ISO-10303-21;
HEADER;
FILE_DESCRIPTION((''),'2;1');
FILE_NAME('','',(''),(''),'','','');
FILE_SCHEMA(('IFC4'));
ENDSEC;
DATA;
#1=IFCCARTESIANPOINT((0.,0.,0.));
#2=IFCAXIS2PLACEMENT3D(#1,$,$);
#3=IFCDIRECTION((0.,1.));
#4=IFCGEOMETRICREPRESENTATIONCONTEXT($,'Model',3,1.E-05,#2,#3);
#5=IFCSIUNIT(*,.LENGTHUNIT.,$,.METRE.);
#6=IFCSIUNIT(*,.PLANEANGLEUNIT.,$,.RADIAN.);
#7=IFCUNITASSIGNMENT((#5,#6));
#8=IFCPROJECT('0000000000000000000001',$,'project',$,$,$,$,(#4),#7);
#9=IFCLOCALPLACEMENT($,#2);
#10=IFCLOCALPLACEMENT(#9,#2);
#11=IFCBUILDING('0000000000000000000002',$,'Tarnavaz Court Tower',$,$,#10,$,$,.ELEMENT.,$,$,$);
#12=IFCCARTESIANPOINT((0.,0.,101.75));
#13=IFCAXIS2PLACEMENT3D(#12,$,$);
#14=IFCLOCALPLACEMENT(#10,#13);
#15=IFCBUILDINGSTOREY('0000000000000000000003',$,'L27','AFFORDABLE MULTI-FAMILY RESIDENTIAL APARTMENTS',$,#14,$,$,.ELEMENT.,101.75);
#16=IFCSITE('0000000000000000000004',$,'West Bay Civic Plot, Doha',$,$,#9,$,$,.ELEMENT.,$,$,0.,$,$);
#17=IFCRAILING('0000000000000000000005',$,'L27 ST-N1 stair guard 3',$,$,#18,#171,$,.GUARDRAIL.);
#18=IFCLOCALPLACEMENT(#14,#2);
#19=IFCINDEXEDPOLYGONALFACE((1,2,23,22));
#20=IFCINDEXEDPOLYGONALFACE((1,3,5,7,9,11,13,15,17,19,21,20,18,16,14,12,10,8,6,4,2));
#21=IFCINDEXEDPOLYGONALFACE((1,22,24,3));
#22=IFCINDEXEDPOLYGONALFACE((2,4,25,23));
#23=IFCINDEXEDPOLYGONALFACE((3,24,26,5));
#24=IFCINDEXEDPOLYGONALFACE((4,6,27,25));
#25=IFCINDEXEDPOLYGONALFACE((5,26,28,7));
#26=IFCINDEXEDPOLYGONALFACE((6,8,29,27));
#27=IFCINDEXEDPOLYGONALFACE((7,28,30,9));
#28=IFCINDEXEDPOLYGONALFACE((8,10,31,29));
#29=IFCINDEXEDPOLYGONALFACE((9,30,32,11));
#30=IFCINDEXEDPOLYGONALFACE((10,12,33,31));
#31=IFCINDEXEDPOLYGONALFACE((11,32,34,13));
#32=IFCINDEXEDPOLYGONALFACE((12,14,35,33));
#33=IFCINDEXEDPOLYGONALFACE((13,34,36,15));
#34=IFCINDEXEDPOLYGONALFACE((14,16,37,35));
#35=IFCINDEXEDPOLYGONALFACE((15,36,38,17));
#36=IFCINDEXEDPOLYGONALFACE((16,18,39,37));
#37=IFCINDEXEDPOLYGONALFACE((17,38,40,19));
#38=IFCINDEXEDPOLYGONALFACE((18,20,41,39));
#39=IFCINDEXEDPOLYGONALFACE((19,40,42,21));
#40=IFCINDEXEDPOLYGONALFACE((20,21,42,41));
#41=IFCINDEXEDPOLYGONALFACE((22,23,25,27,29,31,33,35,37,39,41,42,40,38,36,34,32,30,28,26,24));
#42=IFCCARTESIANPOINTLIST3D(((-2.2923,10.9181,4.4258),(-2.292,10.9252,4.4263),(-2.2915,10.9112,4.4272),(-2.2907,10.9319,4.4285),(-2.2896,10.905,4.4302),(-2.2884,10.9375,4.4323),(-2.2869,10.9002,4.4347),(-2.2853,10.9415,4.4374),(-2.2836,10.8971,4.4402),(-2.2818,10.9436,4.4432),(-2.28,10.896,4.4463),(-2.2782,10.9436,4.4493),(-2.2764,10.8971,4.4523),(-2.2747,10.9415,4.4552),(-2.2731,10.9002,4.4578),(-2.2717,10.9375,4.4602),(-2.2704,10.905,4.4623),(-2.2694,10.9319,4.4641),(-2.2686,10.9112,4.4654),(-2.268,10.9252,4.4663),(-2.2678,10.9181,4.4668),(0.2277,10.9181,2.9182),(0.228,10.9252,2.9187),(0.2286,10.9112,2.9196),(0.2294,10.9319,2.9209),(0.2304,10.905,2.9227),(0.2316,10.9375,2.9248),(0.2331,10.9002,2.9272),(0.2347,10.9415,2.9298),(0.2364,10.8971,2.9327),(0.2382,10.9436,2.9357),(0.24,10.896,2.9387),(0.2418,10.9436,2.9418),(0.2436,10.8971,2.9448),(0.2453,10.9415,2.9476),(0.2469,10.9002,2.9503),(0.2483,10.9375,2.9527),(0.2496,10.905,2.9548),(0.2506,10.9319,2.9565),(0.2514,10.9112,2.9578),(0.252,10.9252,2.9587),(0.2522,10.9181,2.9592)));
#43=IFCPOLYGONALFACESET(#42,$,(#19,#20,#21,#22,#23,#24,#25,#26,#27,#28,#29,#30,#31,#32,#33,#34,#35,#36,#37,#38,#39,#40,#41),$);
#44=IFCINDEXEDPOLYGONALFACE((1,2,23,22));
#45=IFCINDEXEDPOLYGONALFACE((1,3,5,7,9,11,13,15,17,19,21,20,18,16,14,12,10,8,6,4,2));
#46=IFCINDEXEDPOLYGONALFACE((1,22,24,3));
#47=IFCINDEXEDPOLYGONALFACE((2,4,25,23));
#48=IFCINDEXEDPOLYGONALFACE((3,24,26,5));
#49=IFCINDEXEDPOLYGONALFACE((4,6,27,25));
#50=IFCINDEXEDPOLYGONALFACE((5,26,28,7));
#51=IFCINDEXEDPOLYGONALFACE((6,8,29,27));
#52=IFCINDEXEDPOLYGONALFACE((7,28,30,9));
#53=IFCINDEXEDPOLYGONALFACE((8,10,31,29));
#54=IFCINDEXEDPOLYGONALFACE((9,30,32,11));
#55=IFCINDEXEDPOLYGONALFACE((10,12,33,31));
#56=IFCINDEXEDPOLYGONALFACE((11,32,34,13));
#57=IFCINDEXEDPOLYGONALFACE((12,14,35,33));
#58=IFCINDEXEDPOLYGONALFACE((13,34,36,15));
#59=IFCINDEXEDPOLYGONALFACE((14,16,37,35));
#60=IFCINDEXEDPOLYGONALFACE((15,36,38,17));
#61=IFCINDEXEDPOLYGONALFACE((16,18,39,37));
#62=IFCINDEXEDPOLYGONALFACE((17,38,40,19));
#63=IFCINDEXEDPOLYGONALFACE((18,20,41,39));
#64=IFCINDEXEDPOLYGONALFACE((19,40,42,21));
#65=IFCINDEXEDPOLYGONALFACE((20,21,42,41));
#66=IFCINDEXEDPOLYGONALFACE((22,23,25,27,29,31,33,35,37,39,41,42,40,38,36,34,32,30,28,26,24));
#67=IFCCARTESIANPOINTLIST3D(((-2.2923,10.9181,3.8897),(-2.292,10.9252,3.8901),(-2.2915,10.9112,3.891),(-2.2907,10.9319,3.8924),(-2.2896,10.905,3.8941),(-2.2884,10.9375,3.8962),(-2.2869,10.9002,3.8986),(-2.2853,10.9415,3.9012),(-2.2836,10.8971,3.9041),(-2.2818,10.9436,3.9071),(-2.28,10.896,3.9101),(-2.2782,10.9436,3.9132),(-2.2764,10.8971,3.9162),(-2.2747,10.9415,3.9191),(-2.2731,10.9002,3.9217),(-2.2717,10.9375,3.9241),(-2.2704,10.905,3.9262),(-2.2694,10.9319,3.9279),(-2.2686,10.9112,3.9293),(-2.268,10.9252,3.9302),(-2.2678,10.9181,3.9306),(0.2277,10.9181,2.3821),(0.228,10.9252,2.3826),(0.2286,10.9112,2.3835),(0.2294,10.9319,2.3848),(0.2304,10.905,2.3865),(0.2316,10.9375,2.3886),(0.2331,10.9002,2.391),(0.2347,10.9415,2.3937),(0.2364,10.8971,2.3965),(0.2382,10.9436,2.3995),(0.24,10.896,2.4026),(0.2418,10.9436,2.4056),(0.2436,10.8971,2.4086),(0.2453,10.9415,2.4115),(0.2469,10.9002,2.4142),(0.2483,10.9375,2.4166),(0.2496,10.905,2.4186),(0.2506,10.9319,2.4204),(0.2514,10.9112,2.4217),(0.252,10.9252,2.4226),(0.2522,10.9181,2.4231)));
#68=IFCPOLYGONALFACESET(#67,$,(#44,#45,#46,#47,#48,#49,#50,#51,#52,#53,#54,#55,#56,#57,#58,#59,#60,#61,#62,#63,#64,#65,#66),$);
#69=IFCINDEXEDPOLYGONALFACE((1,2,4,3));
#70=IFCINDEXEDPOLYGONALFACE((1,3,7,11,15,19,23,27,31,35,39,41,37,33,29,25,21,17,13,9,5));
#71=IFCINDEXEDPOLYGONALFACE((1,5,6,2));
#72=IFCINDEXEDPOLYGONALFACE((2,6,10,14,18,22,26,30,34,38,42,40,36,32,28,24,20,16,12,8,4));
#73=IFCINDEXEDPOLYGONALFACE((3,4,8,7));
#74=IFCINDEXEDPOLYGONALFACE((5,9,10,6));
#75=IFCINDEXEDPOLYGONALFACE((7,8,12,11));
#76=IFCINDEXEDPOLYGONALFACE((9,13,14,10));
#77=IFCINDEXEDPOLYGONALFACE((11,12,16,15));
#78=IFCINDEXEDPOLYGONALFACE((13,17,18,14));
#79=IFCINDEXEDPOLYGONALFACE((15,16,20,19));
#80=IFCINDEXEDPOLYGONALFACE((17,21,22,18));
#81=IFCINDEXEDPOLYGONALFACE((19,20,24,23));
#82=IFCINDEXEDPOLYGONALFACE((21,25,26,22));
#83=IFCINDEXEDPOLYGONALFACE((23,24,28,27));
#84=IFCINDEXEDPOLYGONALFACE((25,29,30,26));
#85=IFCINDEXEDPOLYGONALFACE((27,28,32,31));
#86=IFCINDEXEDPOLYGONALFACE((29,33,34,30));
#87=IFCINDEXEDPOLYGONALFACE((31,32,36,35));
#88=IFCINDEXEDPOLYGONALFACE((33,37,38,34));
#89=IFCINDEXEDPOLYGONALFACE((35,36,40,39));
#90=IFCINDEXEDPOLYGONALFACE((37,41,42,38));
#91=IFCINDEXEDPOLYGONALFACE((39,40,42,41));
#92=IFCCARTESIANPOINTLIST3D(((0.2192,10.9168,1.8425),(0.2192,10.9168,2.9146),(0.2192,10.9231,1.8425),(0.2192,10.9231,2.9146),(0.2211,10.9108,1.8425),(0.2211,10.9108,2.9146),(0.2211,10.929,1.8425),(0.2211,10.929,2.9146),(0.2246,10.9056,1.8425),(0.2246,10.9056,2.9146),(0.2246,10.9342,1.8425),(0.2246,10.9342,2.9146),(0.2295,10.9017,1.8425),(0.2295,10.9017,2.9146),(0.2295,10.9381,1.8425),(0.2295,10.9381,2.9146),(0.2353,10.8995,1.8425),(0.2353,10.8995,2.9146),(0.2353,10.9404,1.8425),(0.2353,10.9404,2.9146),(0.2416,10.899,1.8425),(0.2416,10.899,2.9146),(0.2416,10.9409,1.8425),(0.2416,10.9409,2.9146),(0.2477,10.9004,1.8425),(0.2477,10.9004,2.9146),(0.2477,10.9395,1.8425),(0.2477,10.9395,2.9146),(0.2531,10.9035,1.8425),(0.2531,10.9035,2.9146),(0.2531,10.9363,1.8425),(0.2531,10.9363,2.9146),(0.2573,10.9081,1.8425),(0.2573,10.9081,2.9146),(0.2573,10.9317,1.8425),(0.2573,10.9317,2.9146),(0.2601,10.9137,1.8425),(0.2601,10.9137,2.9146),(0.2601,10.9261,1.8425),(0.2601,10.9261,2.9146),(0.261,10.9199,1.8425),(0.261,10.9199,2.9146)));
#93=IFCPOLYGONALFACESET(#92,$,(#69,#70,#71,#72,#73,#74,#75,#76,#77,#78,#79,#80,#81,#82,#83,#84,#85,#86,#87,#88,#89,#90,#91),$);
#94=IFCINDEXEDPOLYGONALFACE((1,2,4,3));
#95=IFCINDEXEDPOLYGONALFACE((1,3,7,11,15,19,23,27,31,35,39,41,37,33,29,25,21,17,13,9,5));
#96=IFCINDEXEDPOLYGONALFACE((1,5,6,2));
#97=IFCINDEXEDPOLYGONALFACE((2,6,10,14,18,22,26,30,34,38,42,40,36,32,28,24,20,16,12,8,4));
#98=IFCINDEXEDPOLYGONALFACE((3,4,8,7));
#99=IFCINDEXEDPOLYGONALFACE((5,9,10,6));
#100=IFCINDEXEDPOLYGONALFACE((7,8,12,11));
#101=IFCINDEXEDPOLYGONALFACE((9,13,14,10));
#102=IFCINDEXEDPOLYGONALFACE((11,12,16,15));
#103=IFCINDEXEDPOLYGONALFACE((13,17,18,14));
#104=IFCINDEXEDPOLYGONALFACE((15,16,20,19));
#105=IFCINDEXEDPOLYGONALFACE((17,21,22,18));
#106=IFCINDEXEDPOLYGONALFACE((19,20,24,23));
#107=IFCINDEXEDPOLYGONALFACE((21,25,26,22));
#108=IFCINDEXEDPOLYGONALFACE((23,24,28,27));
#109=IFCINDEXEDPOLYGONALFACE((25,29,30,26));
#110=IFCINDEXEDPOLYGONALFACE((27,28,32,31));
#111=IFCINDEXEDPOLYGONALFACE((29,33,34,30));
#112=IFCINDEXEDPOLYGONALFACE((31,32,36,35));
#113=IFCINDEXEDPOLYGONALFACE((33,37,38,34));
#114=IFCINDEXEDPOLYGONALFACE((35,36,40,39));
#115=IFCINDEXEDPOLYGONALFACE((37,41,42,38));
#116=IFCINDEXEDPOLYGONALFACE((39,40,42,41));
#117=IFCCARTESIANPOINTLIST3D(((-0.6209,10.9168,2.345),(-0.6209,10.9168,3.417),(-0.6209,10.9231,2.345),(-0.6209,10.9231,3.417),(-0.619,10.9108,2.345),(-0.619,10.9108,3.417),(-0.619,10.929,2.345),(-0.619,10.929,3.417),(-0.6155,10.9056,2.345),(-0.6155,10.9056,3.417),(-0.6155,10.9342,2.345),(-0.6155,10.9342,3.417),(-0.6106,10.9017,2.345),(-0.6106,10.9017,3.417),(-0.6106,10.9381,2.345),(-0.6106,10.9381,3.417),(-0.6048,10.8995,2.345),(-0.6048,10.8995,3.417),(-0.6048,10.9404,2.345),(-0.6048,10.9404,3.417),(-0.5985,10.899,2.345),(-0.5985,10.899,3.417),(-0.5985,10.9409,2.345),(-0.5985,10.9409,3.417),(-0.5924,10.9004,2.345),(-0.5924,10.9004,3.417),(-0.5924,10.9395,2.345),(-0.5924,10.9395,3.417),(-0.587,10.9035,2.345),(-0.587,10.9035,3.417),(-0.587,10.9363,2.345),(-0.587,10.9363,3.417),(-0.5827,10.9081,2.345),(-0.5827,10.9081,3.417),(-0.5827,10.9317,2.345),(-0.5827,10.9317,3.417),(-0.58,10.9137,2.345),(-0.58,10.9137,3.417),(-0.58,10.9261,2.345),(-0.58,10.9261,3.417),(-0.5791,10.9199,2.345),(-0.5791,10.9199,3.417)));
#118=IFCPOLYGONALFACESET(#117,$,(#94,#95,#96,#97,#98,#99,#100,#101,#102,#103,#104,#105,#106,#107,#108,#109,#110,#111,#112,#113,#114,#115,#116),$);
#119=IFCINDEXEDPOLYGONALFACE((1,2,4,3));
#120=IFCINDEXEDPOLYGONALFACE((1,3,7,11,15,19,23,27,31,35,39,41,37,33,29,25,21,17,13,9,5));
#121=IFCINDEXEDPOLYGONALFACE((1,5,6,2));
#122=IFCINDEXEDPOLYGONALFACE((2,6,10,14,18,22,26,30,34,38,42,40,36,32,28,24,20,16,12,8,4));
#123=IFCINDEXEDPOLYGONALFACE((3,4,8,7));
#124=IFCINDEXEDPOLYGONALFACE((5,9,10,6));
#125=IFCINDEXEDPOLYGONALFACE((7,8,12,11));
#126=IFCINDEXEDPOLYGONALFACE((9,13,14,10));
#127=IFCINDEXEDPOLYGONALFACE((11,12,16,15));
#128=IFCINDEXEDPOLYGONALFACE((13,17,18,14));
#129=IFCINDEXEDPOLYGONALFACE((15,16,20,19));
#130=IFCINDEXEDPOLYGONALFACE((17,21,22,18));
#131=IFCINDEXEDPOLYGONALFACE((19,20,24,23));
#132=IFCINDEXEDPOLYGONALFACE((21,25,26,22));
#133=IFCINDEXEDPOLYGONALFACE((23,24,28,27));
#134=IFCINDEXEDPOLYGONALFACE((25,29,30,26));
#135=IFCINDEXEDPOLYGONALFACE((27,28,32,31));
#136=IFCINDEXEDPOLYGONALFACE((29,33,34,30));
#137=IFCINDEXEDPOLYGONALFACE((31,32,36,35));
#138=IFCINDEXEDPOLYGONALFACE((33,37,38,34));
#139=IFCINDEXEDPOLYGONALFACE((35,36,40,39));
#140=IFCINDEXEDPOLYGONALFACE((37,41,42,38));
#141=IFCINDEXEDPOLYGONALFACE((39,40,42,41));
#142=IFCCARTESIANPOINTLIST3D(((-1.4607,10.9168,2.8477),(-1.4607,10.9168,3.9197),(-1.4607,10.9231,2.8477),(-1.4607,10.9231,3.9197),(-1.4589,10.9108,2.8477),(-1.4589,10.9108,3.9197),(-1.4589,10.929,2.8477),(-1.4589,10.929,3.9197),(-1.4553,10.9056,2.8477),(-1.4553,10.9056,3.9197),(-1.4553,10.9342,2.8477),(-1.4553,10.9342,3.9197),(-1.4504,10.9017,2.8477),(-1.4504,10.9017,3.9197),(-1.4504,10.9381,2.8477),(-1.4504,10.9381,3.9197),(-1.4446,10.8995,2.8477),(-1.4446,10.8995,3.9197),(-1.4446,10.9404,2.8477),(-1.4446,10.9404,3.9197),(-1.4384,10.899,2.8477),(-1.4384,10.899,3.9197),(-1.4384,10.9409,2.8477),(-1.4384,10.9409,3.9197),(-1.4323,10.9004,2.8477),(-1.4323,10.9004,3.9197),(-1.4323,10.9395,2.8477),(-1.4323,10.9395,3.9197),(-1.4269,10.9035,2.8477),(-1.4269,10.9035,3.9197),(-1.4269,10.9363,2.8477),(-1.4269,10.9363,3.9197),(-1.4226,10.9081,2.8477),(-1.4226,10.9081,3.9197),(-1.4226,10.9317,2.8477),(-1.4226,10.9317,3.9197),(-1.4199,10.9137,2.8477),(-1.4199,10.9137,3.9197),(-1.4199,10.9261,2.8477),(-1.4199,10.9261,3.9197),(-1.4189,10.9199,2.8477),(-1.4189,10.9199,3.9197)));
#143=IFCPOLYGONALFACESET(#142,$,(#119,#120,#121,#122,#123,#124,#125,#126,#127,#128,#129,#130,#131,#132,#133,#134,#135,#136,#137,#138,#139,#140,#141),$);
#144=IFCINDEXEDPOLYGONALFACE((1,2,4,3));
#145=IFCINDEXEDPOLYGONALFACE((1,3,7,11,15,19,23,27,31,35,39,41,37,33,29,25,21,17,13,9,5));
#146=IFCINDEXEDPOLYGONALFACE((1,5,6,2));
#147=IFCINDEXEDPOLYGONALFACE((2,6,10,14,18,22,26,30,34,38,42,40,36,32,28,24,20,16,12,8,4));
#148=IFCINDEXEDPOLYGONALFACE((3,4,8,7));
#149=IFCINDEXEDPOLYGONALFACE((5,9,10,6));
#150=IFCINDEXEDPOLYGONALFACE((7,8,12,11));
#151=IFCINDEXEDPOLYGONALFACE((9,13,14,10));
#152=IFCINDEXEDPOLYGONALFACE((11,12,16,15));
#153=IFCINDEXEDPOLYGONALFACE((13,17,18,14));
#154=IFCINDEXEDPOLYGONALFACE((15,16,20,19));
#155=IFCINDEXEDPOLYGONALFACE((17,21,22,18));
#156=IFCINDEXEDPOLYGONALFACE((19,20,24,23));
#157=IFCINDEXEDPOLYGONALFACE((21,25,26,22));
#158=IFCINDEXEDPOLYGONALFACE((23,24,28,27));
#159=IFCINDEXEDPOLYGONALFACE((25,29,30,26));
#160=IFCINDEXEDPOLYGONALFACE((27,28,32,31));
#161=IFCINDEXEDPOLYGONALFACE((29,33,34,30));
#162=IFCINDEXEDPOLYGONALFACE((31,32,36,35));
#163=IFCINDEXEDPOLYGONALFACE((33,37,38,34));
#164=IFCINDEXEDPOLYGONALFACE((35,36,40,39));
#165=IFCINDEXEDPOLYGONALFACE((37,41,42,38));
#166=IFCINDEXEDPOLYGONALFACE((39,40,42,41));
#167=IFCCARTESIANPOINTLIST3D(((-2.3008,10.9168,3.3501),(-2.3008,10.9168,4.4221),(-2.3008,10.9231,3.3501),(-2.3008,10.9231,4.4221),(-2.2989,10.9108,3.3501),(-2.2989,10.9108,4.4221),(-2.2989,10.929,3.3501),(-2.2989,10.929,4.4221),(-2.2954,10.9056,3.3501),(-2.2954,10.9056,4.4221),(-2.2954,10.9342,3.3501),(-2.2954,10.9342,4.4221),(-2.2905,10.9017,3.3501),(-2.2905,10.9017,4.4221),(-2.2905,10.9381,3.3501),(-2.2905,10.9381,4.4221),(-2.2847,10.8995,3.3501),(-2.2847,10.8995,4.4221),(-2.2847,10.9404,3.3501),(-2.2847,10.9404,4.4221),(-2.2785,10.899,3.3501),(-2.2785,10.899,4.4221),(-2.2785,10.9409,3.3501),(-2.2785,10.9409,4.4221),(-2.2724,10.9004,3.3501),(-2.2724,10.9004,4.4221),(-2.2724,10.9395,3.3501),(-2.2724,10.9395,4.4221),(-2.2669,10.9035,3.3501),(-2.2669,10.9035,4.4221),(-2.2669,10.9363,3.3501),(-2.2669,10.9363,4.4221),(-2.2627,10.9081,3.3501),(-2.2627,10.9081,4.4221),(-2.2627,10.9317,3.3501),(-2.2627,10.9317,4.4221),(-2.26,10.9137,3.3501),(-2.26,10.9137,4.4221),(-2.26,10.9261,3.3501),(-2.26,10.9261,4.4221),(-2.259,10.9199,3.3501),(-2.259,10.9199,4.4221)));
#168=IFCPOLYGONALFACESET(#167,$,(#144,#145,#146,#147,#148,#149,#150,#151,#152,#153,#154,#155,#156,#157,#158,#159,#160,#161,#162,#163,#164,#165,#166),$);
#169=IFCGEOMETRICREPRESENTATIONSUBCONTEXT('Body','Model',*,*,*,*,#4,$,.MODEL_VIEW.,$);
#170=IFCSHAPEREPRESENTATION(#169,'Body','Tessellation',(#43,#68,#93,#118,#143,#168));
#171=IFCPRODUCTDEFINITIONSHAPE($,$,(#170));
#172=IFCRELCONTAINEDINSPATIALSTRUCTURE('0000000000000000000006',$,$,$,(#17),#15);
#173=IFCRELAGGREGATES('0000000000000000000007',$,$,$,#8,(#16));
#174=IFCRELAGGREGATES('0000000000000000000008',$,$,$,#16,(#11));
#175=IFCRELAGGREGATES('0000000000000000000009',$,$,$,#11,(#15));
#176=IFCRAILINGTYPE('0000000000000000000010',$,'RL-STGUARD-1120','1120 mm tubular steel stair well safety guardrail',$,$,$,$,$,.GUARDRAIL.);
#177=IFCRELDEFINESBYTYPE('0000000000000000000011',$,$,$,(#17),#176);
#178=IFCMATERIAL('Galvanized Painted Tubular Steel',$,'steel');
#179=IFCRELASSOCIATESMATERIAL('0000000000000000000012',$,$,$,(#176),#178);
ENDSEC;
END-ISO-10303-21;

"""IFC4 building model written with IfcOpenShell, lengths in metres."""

from ifc_helpers import new_model, si_unit, direction, frame, origin, origin_2d, place, context, subcontext, project, spatial, circle, extrude, material, type_object, element, save


model = new_model("IFC4")

# Units and contexts
model_context = context("Model", 3, precision=1e-05, world=origin(), true_north=direction((0.0, 1.0)))
body_context = subcontext(model_context, "Body", "Model", "MODEL_VIEW")
ifc_project = project(units=[si_unit("LENGTHUNIT", "METRE"), si_unit("PLANEANGLEUNIT", "RADIAN")], contexts=[model_context])

# Site, building, storey
site_placement = place(None, origin())
site = spatial("IfcSite", under=ifc_project, at=site_placement, Name="West Bay Civic Plot, Doha", CompositionType="ELEMENT", RefElevation=0.0)
building_placement = place(site_placement, origin())
building = spatial("IfcBuilding", under=site, at=building_placement, Name="Tarnavaz Court Tower", CompositionType="ELEMENT")
storey_placement = place(building_placement, frame((0.0, 0.0, 101.75)))
storey = spatial("IfcBuildingStorey", under=building, at=storey_placement, Name="L27", Description="AFFORDABLE MULTI-FAMILY RESIDENTIAL APARTMENTS", CompositionType="ELEMENT", Elevation=101.75)

# Railing
ifc_material_1 = material(Name="Galvanized Painted Tubular Steel", Category="steel")
railing_type_1 = type_object("IfcRailingType", Name="RL-STGUARD-1120", Description="1120 mm tubular steel stair well safety guardrail", PredefinedType="GUARDRAIL", material=ifc_material_1)
railing_1_placement = place(storey_placement, frame((0.24, 10.9199, 1.8425)))
element("IfcRailing", 1, at=railing_1_placement, inside=storey, type_object=railing_type_1, Name="L27 ST-N1 stair guard 3", PredefinedType="GUARDRAIL", context=body_context, shape_type="SweptSolid", body=[
    extrude(circle(Radius=0.0239, at=origin_2d()), frame((0.0, 0.0, 1.0962), z_axis=(-0.85816, 0.0, 0.513383), x_axis=(0.0, -1.0, 0.0)), (0.0, 0.0, 1.0), 2.9365),
    extrude(circle(Radius=0.0239, at=origin_2d()), frame((0.0, 0.0, 0.5601), z_axis=(-0.85816, 0.0, 0.513383), x_axis=(0.0, -1.0, 0.0)), (0.0, 0.0, 1.0), 2.9365),
    extrude(circle(Radius=0.021, at=origin_2d()), origin(), (0.0, 0.0, 1.0), 1.072),
    extrude(circle(Radius=0.021, at=origin_2d()), frame((-0.8401, 0.0, 0.5024)), (0.0, 0.0, 1.0), 1.072),
    extrude(circle(Radius=0.021, at=origin_2d()), frame((-1.6799, 0.0, 1.0051)), (0.0, 0.0, 1.0), 1.072),
    extrude(circle(Radius=0.021, at=origin_2d()), frame((-2.52, 0.0, 1.5076)), (0.0, 0.0, 1.0), 1.072),
])

save(model, "model.ifc")
